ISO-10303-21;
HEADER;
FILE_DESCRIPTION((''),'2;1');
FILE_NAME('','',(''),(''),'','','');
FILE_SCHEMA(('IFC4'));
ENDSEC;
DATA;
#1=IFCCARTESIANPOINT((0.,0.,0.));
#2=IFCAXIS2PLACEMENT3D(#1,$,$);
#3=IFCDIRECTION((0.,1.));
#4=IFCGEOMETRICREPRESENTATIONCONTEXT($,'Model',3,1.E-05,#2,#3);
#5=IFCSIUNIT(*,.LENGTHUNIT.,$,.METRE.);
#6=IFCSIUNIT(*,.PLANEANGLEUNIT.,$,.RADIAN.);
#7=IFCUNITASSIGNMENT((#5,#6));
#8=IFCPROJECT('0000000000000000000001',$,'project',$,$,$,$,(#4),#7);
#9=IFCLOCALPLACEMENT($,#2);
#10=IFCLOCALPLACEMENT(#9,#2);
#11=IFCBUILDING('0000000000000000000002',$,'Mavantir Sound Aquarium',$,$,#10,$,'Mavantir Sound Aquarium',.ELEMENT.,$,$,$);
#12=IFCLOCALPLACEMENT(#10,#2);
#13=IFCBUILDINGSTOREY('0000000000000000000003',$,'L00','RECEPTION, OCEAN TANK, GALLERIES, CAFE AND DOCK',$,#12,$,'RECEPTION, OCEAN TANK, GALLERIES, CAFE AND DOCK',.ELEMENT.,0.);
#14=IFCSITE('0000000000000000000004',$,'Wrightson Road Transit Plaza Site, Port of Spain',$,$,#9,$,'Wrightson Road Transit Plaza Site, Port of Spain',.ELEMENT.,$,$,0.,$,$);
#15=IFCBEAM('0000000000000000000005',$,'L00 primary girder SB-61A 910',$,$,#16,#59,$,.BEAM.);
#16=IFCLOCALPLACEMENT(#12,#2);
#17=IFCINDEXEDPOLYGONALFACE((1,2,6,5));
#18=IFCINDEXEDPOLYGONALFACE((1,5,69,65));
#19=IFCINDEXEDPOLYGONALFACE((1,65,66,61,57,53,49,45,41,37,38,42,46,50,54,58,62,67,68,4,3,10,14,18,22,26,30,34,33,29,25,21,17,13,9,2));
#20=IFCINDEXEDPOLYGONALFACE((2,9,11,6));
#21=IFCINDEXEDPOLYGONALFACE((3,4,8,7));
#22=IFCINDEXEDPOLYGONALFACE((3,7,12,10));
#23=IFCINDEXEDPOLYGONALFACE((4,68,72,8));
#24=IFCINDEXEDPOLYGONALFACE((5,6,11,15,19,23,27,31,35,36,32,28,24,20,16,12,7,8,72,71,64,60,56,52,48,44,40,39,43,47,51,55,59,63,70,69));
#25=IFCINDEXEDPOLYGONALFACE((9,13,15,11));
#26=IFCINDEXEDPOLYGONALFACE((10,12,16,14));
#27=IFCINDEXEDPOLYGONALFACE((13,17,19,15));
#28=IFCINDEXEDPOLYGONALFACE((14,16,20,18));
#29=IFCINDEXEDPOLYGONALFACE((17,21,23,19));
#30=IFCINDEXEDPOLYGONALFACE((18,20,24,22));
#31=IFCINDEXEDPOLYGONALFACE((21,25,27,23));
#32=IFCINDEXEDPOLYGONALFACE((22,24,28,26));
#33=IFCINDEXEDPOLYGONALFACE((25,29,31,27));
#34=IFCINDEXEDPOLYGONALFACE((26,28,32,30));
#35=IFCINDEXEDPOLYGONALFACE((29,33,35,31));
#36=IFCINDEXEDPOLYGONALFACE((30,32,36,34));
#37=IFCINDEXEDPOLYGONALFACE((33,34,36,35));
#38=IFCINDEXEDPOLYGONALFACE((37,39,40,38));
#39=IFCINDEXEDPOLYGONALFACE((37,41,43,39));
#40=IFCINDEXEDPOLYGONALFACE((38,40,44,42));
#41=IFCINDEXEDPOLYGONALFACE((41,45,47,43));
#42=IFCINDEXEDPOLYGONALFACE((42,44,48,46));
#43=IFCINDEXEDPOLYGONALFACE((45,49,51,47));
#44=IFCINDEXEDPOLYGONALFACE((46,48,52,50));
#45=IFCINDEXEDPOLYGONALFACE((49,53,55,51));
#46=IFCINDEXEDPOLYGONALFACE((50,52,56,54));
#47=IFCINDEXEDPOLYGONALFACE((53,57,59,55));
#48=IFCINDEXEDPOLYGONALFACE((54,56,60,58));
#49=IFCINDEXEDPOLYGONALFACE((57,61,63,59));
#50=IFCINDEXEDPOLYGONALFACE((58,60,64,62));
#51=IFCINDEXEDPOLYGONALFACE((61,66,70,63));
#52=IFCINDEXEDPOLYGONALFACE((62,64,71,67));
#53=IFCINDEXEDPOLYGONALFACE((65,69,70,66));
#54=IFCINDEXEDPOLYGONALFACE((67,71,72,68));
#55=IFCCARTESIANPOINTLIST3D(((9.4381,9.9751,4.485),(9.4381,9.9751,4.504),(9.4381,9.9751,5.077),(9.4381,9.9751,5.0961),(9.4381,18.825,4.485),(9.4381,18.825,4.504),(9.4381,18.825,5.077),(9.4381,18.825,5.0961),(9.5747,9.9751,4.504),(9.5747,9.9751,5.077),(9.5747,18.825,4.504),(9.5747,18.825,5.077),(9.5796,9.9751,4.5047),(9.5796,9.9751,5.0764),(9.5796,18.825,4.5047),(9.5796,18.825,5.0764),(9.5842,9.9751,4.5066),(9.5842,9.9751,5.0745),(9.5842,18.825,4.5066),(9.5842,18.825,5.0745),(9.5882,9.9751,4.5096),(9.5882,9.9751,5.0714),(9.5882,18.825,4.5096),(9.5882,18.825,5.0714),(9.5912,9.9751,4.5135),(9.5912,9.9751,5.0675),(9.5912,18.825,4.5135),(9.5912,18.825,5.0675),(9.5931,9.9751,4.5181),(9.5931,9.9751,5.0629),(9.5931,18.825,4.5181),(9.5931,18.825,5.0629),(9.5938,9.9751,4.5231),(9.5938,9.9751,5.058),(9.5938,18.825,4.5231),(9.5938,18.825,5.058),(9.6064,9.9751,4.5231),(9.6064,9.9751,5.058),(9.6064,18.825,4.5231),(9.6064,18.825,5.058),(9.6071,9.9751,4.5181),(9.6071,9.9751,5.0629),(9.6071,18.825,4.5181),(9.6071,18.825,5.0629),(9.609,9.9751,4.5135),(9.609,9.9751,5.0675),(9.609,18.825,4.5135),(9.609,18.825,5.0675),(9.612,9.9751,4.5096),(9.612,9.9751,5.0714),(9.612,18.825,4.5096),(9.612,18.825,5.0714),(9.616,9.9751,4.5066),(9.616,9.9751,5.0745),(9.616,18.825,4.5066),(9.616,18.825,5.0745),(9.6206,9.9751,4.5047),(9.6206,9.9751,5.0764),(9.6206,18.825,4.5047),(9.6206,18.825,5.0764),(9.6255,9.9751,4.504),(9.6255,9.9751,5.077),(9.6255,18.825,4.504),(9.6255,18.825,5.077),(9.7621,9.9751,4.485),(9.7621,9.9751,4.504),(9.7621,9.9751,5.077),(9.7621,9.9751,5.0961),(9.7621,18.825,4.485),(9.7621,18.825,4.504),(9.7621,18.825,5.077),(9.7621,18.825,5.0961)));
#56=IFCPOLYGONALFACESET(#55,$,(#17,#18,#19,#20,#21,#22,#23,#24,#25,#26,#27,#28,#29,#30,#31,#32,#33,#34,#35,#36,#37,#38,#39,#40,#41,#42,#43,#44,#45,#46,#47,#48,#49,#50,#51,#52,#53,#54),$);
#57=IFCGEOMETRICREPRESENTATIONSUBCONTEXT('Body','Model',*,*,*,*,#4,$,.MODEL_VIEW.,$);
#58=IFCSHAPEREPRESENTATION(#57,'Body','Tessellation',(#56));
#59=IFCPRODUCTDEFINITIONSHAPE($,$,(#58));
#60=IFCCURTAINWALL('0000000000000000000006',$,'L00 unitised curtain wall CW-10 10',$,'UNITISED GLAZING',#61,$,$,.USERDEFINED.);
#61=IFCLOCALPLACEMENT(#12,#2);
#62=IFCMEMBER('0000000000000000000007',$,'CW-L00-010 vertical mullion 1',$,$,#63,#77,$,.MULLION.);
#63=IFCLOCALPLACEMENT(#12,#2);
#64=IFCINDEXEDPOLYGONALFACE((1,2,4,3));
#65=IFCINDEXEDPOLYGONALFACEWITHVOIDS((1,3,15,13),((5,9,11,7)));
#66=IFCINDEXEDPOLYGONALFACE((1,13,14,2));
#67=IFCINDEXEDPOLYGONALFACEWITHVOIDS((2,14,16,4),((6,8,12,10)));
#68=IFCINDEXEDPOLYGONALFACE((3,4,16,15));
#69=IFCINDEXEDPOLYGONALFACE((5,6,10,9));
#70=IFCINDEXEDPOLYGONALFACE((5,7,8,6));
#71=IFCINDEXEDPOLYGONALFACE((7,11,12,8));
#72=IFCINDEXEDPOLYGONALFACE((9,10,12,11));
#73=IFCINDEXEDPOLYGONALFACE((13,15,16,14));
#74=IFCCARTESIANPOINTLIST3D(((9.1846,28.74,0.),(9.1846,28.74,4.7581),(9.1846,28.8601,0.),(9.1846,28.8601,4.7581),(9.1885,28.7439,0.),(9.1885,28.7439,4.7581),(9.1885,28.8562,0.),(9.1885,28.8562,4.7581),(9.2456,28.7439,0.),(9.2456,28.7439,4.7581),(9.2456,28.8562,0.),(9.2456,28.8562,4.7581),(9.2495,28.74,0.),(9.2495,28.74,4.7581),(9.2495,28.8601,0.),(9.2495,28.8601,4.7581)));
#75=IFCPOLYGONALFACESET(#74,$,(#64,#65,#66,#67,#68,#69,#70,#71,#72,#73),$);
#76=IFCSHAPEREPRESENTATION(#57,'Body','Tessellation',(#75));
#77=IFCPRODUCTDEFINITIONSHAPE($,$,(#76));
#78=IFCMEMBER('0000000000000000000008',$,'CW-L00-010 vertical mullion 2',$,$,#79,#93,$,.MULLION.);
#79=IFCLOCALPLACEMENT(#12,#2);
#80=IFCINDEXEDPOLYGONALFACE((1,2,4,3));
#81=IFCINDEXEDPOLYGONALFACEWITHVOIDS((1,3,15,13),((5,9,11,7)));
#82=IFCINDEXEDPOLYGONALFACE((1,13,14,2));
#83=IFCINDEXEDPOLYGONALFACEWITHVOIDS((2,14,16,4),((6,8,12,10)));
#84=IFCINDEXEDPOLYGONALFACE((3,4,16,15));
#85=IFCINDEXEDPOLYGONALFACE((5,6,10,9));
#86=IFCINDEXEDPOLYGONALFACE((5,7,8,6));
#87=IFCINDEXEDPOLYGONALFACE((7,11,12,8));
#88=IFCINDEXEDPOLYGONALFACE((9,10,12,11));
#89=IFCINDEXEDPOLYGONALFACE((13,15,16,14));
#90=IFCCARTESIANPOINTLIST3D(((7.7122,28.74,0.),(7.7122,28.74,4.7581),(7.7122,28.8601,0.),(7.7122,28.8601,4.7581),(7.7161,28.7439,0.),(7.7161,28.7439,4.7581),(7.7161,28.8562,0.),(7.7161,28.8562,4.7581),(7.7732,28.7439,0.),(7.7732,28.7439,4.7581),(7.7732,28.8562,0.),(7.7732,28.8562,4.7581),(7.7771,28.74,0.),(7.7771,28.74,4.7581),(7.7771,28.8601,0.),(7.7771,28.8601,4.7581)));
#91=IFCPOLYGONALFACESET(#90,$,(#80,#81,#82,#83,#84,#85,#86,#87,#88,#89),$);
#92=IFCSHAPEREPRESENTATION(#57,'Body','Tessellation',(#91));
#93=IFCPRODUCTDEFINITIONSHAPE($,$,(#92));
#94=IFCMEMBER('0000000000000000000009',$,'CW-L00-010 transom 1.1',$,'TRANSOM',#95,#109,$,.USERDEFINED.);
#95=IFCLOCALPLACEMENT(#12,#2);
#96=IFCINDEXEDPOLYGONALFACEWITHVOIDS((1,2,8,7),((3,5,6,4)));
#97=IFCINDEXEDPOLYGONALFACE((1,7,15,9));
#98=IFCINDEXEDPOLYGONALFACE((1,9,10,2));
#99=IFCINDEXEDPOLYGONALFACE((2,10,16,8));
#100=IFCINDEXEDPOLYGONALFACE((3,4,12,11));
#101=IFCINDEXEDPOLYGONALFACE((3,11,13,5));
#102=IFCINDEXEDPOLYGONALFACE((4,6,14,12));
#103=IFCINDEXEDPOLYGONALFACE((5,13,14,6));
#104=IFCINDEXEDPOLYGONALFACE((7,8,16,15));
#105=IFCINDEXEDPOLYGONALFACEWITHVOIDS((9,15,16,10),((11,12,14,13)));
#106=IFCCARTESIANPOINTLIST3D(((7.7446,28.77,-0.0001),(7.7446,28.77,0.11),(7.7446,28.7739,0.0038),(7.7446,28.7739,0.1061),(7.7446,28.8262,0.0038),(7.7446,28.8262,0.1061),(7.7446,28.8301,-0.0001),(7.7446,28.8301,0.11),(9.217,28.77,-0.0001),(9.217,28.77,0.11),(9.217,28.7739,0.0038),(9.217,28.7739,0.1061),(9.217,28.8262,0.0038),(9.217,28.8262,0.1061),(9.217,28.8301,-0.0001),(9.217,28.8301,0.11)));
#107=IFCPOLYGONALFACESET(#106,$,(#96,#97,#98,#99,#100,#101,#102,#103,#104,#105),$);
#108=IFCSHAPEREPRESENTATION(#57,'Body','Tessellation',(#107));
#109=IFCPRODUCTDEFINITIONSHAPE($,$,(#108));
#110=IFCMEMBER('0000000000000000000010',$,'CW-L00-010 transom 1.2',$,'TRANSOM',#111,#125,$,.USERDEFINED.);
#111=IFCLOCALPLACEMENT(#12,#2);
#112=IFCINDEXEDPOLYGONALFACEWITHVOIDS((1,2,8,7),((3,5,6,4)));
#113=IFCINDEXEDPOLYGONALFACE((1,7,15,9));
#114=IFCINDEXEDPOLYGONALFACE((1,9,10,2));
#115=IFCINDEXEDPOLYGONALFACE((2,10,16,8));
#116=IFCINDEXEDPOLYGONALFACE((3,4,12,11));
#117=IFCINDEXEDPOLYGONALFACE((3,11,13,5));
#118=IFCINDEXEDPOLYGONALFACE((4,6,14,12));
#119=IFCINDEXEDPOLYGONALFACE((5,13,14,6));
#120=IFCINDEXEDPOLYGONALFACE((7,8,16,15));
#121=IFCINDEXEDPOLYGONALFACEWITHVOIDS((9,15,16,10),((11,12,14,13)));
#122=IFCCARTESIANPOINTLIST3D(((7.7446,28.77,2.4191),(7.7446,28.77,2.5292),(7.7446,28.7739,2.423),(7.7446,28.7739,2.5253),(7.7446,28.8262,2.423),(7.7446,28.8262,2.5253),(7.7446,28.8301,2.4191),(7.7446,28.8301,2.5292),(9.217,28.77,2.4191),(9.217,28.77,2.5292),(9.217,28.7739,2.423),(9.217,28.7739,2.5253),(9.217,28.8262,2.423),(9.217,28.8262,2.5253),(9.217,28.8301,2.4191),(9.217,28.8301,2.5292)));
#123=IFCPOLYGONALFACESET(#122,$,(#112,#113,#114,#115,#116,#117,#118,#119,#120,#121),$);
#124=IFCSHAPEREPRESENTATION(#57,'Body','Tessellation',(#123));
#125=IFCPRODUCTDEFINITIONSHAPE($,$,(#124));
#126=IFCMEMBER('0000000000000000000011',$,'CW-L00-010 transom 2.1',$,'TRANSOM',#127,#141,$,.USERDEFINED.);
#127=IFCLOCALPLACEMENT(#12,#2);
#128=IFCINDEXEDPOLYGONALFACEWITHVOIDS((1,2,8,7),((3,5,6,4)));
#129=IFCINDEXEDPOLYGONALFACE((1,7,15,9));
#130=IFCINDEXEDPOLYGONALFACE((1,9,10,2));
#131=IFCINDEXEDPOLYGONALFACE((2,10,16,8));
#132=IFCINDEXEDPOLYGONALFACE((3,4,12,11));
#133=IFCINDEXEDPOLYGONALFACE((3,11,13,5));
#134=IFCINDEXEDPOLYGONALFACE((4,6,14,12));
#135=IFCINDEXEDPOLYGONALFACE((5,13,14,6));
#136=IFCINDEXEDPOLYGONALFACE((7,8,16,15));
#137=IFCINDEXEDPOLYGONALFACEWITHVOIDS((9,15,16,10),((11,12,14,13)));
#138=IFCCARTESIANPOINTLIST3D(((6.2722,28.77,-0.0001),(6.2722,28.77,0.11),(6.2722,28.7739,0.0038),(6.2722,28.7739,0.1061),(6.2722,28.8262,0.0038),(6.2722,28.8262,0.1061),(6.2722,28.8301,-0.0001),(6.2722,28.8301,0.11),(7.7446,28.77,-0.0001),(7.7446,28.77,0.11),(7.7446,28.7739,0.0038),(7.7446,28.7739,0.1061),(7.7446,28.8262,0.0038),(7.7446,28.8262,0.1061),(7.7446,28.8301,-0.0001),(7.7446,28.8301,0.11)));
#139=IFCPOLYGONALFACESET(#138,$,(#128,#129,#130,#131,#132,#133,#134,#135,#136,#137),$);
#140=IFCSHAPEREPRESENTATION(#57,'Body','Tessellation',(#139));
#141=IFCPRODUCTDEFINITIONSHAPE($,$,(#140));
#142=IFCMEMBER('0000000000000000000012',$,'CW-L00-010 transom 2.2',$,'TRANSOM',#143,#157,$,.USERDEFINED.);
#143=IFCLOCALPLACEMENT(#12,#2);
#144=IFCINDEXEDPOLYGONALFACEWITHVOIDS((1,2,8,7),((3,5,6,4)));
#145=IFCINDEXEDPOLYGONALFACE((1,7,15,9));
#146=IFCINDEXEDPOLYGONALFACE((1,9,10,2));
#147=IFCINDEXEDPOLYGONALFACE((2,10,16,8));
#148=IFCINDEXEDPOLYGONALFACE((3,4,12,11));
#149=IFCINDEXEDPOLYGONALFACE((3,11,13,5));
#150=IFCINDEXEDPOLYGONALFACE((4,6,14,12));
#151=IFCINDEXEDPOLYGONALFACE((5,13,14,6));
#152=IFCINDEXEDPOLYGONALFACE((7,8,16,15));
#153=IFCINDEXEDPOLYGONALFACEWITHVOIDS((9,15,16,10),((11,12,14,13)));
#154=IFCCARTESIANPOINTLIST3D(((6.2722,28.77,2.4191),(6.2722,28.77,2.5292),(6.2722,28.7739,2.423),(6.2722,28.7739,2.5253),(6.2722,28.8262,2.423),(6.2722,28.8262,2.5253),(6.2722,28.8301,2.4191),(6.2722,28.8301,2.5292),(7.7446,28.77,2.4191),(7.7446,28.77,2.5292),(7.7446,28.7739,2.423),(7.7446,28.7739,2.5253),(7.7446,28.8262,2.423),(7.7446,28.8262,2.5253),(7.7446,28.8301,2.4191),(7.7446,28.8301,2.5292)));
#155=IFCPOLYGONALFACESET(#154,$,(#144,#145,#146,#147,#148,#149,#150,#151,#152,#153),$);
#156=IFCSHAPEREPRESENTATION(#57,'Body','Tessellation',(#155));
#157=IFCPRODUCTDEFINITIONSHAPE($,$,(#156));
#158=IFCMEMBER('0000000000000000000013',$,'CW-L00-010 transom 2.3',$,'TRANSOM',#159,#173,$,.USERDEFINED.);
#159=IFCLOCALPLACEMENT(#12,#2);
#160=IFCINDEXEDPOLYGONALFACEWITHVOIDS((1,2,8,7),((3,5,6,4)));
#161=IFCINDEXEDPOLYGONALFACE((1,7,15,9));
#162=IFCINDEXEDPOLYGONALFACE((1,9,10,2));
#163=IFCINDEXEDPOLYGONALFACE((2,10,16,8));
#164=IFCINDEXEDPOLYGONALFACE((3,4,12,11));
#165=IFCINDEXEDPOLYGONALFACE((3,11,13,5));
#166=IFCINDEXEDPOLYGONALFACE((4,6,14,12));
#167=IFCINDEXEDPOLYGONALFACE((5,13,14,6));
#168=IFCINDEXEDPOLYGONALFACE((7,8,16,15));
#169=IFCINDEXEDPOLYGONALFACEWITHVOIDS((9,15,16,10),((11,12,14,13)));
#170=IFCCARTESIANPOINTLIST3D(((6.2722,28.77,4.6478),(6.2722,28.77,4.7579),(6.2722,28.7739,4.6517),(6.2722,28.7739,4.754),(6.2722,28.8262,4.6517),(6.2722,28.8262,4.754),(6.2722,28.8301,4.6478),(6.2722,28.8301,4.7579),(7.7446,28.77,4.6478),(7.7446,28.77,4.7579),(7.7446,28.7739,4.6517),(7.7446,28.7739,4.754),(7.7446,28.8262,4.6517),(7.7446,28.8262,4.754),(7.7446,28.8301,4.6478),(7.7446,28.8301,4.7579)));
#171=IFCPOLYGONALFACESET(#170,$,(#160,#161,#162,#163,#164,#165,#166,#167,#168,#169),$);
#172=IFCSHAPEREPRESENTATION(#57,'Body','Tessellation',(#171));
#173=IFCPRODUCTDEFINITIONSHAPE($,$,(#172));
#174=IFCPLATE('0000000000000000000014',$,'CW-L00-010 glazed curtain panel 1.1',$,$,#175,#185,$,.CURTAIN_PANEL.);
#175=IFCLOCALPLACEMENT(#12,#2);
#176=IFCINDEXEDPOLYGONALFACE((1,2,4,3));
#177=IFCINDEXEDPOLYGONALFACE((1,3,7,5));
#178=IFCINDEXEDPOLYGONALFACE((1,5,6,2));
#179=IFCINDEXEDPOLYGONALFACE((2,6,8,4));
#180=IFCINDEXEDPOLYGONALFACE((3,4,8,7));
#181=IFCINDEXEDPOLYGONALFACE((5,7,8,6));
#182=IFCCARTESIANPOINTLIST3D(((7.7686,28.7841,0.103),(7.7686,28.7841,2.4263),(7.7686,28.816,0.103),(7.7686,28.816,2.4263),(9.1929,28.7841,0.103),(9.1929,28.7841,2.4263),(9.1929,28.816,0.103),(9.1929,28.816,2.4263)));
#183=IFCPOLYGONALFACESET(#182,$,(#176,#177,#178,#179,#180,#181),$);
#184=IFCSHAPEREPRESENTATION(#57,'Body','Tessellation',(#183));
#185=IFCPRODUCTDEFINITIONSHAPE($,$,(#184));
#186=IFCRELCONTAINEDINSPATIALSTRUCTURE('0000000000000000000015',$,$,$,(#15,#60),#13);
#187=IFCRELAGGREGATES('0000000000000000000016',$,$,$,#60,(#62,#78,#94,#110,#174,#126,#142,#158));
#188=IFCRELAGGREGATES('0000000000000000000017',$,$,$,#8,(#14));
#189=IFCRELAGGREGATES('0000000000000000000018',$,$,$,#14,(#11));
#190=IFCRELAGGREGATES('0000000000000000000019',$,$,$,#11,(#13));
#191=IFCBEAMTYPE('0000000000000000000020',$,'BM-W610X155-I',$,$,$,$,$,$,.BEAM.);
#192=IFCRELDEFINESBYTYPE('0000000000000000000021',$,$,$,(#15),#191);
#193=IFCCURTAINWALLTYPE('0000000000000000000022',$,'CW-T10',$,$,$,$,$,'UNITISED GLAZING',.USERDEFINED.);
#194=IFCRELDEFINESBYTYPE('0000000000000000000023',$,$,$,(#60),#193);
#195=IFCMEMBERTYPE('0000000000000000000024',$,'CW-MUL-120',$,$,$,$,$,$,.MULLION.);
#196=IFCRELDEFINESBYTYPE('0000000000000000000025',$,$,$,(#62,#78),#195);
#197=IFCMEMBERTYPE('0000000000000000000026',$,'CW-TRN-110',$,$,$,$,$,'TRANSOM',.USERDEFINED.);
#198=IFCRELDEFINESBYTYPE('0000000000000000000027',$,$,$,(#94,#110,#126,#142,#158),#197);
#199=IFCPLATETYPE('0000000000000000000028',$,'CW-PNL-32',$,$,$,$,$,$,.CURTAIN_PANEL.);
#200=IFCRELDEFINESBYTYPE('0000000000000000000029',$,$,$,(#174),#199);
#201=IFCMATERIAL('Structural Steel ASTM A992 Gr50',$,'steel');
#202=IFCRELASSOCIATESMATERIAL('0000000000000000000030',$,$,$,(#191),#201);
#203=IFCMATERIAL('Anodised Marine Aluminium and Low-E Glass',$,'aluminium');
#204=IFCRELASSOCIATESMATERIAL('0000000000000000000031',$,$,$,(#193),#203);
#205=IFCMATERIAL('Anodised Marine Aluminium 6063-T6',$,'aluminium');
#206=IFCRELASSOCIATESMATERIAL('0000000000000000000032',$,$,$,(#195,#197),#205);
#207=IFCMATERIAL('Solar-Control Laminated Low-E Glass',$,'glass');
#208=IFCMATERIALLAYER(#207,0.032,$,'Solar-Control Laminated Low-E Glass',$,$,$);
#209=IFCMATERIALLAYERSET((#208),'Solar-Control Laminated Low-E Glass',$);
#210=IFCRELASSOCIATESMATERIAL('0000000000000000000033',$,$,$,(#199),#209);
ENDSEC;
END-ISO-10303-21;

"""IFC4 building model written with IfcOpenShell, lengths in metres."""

from ifc_helpers import new_model, si_unit, direction, frame, origin, origin_2d, place, context, subcontext, project, spatial, rectangle, hollow_rectangle, i_section, extrude, material, layer, layer_set, material_profile, profile_set, type_object, element, aggregate, save


model = new_model("IFC4")

# Units and contexts
model_context = context("Model", 3, precision=1e-05, world=origin(), true_north=direction((0.0, 1.0)))
body_context = subcontext(model_context, "Body", "Model", "MODEL_VIEW")
ifc_project = project(units=[si_unit("LENGTHUNIT", "METRE"), si_unit("PLANEANGLEUNIT", "RADIAN")], contexts=[model_context])

# Site, building, storey
site_placement = place(None, origin())
site = spatial("IfcSite", under=ifc_project, at=site_placement, Name="Wrightson Road Transit Plaza Site, Port of Spain", LongName="Wrightson Road Transit Plaza Site, Port of Spain", CompositionType="ELEMENT", RefElevation=0.0)
building_placement = place(site_placement, origin())
building = spatial("IfcBuilding", under=site, at=building_placement, Name="Mavantir Sound Aquarium", LongName="Mavantir Sound Aquarium", CompositionType="ELEMENT")
storey_placement = place(building_placement, origin())
storey = spatial("IfcBuildingStorey", under=building, at=storey_placement, Name="L00", Description="RECEPTION, OCEAN TANK, GALLERIES, CAFE AND DOCK", LongName="RECEPTION, OCEAN TANK, GALLERIES, CAFE AND DOCK", CompositionType="ELEMENT", Elevation=0.0)

# Beam
ifc_material_1 = material(Name="Structural Steel ASTM A992 Gr50", Category="steel")
ifc_material_profile_1 = material_profile(ifc_material_1, i_section(OverallWidth=0.324, OverallDepth=0.6111, WebThickness=0.0127, FlangeThickness=0.019, FilletRadius=0.019, at=origin_2d()), Name="W610X155")
ifc_profile_set_1 = profile_set([ifc_material_profile_1], Name="Structural Steel ASTM A992 Gr50")
beam_type_1 = type_object("IfcBeamType", Name="BM-W610X155-I", PredefinedType="BEAM", material=ifc_profile_set_1)
beam_1_placement = place(storey_placement, frame((9.6001, 9.9751, 4.7905), z_axis=(0.0, 1.0, 0.0), x_axis=(-1.0, 0.0, 0.0)))
element("IfcBeam", 1, at=beam_1_placement, inside=storey, type_object=beam_type_1, Name="L00 primary girder SB-61A 910", PredefinedType="BEAM", context=body_context, shape_type="SweptSolid", body=[
    extrude(i_section(OverallWidth=0.324, OverallDepth=0.6111, WebThickness=0.0127, FlangeThickness=0.019, FilletRadius=0.019, at=origin_2d()), origin(), (0.0, 0.0, 1.0), 8.8499),
])

# Curtain wall, members, plate
ifc_material_2 = material(Name="Anodised Marine Aluminium and Low-E Glass", Category="aluminium")
curtain_wall_type = type_object("IfcCurtainWallType", Name="CW-T10", ElementType="UNITISED GLAZING", PredefinedType="USERDEFINED", material=ifc_material_2)
curtain_wall_placement = place(storey_placement, origin())
curtain_wall = element("IfcCurtainWall", 2, at=curtain_wall_placement, inside=storey, type_object=curtain_wall_type, Name="L00 unitised curtain wall CW-10 10", ObjectType="UNITISED GLAZING", PredefinedType="USERDEFINED")
ifc_material_3 = material(Name="Anodised Marine Aluminium 6063-T6", Category="aluminium")
ifc_material_profile_2 = material_profile(ifc_material_3, hollow_rectangle(XDim=0.0649, YDim=0.1201, WallThickness=0.0039, at=origin_2d()), Name="ALU-MULLION-120X65")
ifc_profile_set_2 = profile_set([ifc_material_profile_2], Name="Anodised Marine Aluminium 6063-T6")
member_type_1 = type_object("IfcMemberType", Name="CW-MUL-120", PredefinedType="MULLION", material=ifc_profile_set_2)
member_1_placement = place(storey_placement, frame((9.217, 28.8, 0.0), z_axis=(0.0, 0.0, 1.0), x_axis=(1.0, 0.0, 0.0)))
member_1 = element("IfcMember", 3, at=member_1_placement, type_object=member_type_1, Name="CW-L00-010 vertical mullion 1", PredefinedType="MULLION", context=body_context, shape_type="SweptSolid", body=[
    extrude(hollow_rectangle(XDim=0.0649, YDim=0.1201, WallThickness=0.0039, at=origin_2d()), origin(), (0.0, 0.0, 1.0), 4.7581),
])
member_2_placement = place(storey_placement, frame((7.7446, 28.8, 0.0), z_axis=(0.0, 0.0, 1.0), x_axis=(1.0, 0.0, 0.0)))
member_2 = element("IfcMember", 4, at=member_2_placement, type_object=member_type_1, Name="CW-L00-010 vertical mullion 2", PredefinedType="MULLION", context=body_context, shape_type="SweptSolid", body=[
    extrude(hollow_rectangle(XDim=0.0649, YDim=0.1201, WallThickness=0.0039, at=origin_2d()), origin(), (0.0, 0.0, 1.0), 4.7581),
])
ifc_material_profile_3 = material_profile(ifc_material_3, hollow_rectangle(XDim=0.0601, YDim=0.1101, WallThickness=0.0039, at=origin_2d()), Name="ALU-TRANSOM-110X60")
ifc_profile_set_3 = profile_set([ifc_material_profile_3], Name="Anodised Marine Aluminium 6063-T6")
member_type_2 = type_object("IfcMemberType", Name="CW-TRN-110", ElementType="TRANSOM", PredefinedType="USERDEFINED", material=ifc_profile_set_3)
member_3_placement = place(storey_placement, frame((9.217, 28.8, 0.0549), z_axis=(-1.0, 0.0, 0.0), x_axis=(0.0, -1.0, 0.0)))
member_3 = element("IfcMember", 5, at=member_3_placement, type_object=member_type_2, Name="CW-L00-010 transom 1.1", ObjectType="TRANSOM", PredefinedType="USERDEFINED", context=body_context, shape_type="SweptSolid", body=[
    extrude(hollow_rectangle(XDim=0.0601, YDim=0.1101, WallThickness=0.0039, at=origin_2d()), origin(), (0.0, 0.0, 1.0), 1.4724),
])
member_4_placement = place(storey_placement, frame((9.217, 28.8, 2.4741), z_axis=(-1.0, 0.0, 0.0), x_axis=(0.0, -1.0, 0.0)))
member_4 = element("IfcMember", 6, at=member_4_placement, type_object=member_type_2, Name="CW-L00-010 transom 1.2", ObjectType="TRANSOM", PredefinedType="USERDEFINED", context=body_context, shape_type="SweptSolid", body=[
    extrude(hollow_rectangle(XDim=0.0601, YDim=0.1101, WallThickness=0.0039, at=origin_2d()), origin(), (0.0, 0.0, 1.0), 1.4724),
])
member_5_placement = place(storey_placement, frame((7.7446, 28.8, 0.0549), z_axis=(-1.0, 0.0, 0.0), x_axis=(0.0, -1.0, 0.0)))
member_5 = element("IfcMember", 7, at=member_5_placement, type_object=member_type_2, Name="CW-L00-010 transom 2.1", ObjectType="TRANSOM", PredefinedType="USERDEFINED", context=body_context, shape_type="SweptSolid", body=[
    extrude(hollow_rectangle(XDim=0.0601, YDim=0.1101, WallThickness=0.0039, at=origin_2d()), origin(), (0.0, 0.0, 1.0), 1.4724),
])
member_6_placement = place(storey_placement, frame((7.7446, 28.8, 2.4741), z_axis=(-1.0, 0.0, 0.0), x_axis=(0.0, -1.0, 0.0)))
member_6 = element("IfcMember", 8, at=member_6_placement, type_object=member_type_2, Name="CW-L00-010 transom 2.2", ObjectType="TRANSOM", PredefinedType="USERDEFINED", context=body_context, shape_type="SweptSolid", body=[
    extrude(hollow_rectangle(XDim=0.0601, YDim=0.1101, WallThickness=0.0039, at=origin_2d()), origin(), (0.0, 0.0, 1.0), 1.4724),
])
member_7_placement = place(storey_placement, frame((7.7446, 28.8, 4.7029), z_axis=(-1.0, 0.0, 0.0), x_axis=(0.0, -1.0, 0.0)))
member_7 = element("IfcMember", 9, at=member_7_placement, type_object=member_type_2, Name="CW-L00-010 transom 2.3", ObjectType="TRANSOM", PredefinedType="USERDEFINED", context=body_context, shape_type="SweptSolid", body=[
    extrude(hollow_rectangle(XDim=0.0601, YDim=0.1101, WallThickness=0.0039, at=origin_2d()), origin(), (0.0, 0.0, 1.0), 1.4724),
])
ifc_material_4 = material(Name="Solar-Control Laminated Low-E Glass", Category="glass")
ifc_layer_1 = layer(ifc_material_4, 0.032, Name="Solar-Control Laminated Low-E Glass")
ifc_layer_set_1 = layer_set([ifc_layer_1], Name="Solar-Control Laminated Low-E Glass")
plate_type = type_object("IfcPlateType", Name="CW-PNL-32", PredefinedType="CURTAIN_PANEL", material=ifc_layer_set_1)
plate_1_placement = place(storey_placement, frame((8.4807, 28.8, 0.103), z_axis=(0.0, 0.0, 1.0), x_axis=(-1.0, 0.0, 0.0)))
plate_1 = element("IfcPlate", 10, at=plate_1_placement, type_object=plate_type, Name="CW-L00-010 glazed curtain panel 1.1", PredefinedType="CURTAIN_PANEL", context=body_context, shape_type="SweptSolid", body=[
    extrude(rectangle(XDim=1.4243, YDim=0.032, at=origin_2d()), origin(), (0.0, 0.0, 1.0), 2.3232),
])
aggregate(curtain_wall, [member_1, member_2, member_3, member_4, plate_1, member_5, member_6, member_7])

save(model, "model.ifc")
